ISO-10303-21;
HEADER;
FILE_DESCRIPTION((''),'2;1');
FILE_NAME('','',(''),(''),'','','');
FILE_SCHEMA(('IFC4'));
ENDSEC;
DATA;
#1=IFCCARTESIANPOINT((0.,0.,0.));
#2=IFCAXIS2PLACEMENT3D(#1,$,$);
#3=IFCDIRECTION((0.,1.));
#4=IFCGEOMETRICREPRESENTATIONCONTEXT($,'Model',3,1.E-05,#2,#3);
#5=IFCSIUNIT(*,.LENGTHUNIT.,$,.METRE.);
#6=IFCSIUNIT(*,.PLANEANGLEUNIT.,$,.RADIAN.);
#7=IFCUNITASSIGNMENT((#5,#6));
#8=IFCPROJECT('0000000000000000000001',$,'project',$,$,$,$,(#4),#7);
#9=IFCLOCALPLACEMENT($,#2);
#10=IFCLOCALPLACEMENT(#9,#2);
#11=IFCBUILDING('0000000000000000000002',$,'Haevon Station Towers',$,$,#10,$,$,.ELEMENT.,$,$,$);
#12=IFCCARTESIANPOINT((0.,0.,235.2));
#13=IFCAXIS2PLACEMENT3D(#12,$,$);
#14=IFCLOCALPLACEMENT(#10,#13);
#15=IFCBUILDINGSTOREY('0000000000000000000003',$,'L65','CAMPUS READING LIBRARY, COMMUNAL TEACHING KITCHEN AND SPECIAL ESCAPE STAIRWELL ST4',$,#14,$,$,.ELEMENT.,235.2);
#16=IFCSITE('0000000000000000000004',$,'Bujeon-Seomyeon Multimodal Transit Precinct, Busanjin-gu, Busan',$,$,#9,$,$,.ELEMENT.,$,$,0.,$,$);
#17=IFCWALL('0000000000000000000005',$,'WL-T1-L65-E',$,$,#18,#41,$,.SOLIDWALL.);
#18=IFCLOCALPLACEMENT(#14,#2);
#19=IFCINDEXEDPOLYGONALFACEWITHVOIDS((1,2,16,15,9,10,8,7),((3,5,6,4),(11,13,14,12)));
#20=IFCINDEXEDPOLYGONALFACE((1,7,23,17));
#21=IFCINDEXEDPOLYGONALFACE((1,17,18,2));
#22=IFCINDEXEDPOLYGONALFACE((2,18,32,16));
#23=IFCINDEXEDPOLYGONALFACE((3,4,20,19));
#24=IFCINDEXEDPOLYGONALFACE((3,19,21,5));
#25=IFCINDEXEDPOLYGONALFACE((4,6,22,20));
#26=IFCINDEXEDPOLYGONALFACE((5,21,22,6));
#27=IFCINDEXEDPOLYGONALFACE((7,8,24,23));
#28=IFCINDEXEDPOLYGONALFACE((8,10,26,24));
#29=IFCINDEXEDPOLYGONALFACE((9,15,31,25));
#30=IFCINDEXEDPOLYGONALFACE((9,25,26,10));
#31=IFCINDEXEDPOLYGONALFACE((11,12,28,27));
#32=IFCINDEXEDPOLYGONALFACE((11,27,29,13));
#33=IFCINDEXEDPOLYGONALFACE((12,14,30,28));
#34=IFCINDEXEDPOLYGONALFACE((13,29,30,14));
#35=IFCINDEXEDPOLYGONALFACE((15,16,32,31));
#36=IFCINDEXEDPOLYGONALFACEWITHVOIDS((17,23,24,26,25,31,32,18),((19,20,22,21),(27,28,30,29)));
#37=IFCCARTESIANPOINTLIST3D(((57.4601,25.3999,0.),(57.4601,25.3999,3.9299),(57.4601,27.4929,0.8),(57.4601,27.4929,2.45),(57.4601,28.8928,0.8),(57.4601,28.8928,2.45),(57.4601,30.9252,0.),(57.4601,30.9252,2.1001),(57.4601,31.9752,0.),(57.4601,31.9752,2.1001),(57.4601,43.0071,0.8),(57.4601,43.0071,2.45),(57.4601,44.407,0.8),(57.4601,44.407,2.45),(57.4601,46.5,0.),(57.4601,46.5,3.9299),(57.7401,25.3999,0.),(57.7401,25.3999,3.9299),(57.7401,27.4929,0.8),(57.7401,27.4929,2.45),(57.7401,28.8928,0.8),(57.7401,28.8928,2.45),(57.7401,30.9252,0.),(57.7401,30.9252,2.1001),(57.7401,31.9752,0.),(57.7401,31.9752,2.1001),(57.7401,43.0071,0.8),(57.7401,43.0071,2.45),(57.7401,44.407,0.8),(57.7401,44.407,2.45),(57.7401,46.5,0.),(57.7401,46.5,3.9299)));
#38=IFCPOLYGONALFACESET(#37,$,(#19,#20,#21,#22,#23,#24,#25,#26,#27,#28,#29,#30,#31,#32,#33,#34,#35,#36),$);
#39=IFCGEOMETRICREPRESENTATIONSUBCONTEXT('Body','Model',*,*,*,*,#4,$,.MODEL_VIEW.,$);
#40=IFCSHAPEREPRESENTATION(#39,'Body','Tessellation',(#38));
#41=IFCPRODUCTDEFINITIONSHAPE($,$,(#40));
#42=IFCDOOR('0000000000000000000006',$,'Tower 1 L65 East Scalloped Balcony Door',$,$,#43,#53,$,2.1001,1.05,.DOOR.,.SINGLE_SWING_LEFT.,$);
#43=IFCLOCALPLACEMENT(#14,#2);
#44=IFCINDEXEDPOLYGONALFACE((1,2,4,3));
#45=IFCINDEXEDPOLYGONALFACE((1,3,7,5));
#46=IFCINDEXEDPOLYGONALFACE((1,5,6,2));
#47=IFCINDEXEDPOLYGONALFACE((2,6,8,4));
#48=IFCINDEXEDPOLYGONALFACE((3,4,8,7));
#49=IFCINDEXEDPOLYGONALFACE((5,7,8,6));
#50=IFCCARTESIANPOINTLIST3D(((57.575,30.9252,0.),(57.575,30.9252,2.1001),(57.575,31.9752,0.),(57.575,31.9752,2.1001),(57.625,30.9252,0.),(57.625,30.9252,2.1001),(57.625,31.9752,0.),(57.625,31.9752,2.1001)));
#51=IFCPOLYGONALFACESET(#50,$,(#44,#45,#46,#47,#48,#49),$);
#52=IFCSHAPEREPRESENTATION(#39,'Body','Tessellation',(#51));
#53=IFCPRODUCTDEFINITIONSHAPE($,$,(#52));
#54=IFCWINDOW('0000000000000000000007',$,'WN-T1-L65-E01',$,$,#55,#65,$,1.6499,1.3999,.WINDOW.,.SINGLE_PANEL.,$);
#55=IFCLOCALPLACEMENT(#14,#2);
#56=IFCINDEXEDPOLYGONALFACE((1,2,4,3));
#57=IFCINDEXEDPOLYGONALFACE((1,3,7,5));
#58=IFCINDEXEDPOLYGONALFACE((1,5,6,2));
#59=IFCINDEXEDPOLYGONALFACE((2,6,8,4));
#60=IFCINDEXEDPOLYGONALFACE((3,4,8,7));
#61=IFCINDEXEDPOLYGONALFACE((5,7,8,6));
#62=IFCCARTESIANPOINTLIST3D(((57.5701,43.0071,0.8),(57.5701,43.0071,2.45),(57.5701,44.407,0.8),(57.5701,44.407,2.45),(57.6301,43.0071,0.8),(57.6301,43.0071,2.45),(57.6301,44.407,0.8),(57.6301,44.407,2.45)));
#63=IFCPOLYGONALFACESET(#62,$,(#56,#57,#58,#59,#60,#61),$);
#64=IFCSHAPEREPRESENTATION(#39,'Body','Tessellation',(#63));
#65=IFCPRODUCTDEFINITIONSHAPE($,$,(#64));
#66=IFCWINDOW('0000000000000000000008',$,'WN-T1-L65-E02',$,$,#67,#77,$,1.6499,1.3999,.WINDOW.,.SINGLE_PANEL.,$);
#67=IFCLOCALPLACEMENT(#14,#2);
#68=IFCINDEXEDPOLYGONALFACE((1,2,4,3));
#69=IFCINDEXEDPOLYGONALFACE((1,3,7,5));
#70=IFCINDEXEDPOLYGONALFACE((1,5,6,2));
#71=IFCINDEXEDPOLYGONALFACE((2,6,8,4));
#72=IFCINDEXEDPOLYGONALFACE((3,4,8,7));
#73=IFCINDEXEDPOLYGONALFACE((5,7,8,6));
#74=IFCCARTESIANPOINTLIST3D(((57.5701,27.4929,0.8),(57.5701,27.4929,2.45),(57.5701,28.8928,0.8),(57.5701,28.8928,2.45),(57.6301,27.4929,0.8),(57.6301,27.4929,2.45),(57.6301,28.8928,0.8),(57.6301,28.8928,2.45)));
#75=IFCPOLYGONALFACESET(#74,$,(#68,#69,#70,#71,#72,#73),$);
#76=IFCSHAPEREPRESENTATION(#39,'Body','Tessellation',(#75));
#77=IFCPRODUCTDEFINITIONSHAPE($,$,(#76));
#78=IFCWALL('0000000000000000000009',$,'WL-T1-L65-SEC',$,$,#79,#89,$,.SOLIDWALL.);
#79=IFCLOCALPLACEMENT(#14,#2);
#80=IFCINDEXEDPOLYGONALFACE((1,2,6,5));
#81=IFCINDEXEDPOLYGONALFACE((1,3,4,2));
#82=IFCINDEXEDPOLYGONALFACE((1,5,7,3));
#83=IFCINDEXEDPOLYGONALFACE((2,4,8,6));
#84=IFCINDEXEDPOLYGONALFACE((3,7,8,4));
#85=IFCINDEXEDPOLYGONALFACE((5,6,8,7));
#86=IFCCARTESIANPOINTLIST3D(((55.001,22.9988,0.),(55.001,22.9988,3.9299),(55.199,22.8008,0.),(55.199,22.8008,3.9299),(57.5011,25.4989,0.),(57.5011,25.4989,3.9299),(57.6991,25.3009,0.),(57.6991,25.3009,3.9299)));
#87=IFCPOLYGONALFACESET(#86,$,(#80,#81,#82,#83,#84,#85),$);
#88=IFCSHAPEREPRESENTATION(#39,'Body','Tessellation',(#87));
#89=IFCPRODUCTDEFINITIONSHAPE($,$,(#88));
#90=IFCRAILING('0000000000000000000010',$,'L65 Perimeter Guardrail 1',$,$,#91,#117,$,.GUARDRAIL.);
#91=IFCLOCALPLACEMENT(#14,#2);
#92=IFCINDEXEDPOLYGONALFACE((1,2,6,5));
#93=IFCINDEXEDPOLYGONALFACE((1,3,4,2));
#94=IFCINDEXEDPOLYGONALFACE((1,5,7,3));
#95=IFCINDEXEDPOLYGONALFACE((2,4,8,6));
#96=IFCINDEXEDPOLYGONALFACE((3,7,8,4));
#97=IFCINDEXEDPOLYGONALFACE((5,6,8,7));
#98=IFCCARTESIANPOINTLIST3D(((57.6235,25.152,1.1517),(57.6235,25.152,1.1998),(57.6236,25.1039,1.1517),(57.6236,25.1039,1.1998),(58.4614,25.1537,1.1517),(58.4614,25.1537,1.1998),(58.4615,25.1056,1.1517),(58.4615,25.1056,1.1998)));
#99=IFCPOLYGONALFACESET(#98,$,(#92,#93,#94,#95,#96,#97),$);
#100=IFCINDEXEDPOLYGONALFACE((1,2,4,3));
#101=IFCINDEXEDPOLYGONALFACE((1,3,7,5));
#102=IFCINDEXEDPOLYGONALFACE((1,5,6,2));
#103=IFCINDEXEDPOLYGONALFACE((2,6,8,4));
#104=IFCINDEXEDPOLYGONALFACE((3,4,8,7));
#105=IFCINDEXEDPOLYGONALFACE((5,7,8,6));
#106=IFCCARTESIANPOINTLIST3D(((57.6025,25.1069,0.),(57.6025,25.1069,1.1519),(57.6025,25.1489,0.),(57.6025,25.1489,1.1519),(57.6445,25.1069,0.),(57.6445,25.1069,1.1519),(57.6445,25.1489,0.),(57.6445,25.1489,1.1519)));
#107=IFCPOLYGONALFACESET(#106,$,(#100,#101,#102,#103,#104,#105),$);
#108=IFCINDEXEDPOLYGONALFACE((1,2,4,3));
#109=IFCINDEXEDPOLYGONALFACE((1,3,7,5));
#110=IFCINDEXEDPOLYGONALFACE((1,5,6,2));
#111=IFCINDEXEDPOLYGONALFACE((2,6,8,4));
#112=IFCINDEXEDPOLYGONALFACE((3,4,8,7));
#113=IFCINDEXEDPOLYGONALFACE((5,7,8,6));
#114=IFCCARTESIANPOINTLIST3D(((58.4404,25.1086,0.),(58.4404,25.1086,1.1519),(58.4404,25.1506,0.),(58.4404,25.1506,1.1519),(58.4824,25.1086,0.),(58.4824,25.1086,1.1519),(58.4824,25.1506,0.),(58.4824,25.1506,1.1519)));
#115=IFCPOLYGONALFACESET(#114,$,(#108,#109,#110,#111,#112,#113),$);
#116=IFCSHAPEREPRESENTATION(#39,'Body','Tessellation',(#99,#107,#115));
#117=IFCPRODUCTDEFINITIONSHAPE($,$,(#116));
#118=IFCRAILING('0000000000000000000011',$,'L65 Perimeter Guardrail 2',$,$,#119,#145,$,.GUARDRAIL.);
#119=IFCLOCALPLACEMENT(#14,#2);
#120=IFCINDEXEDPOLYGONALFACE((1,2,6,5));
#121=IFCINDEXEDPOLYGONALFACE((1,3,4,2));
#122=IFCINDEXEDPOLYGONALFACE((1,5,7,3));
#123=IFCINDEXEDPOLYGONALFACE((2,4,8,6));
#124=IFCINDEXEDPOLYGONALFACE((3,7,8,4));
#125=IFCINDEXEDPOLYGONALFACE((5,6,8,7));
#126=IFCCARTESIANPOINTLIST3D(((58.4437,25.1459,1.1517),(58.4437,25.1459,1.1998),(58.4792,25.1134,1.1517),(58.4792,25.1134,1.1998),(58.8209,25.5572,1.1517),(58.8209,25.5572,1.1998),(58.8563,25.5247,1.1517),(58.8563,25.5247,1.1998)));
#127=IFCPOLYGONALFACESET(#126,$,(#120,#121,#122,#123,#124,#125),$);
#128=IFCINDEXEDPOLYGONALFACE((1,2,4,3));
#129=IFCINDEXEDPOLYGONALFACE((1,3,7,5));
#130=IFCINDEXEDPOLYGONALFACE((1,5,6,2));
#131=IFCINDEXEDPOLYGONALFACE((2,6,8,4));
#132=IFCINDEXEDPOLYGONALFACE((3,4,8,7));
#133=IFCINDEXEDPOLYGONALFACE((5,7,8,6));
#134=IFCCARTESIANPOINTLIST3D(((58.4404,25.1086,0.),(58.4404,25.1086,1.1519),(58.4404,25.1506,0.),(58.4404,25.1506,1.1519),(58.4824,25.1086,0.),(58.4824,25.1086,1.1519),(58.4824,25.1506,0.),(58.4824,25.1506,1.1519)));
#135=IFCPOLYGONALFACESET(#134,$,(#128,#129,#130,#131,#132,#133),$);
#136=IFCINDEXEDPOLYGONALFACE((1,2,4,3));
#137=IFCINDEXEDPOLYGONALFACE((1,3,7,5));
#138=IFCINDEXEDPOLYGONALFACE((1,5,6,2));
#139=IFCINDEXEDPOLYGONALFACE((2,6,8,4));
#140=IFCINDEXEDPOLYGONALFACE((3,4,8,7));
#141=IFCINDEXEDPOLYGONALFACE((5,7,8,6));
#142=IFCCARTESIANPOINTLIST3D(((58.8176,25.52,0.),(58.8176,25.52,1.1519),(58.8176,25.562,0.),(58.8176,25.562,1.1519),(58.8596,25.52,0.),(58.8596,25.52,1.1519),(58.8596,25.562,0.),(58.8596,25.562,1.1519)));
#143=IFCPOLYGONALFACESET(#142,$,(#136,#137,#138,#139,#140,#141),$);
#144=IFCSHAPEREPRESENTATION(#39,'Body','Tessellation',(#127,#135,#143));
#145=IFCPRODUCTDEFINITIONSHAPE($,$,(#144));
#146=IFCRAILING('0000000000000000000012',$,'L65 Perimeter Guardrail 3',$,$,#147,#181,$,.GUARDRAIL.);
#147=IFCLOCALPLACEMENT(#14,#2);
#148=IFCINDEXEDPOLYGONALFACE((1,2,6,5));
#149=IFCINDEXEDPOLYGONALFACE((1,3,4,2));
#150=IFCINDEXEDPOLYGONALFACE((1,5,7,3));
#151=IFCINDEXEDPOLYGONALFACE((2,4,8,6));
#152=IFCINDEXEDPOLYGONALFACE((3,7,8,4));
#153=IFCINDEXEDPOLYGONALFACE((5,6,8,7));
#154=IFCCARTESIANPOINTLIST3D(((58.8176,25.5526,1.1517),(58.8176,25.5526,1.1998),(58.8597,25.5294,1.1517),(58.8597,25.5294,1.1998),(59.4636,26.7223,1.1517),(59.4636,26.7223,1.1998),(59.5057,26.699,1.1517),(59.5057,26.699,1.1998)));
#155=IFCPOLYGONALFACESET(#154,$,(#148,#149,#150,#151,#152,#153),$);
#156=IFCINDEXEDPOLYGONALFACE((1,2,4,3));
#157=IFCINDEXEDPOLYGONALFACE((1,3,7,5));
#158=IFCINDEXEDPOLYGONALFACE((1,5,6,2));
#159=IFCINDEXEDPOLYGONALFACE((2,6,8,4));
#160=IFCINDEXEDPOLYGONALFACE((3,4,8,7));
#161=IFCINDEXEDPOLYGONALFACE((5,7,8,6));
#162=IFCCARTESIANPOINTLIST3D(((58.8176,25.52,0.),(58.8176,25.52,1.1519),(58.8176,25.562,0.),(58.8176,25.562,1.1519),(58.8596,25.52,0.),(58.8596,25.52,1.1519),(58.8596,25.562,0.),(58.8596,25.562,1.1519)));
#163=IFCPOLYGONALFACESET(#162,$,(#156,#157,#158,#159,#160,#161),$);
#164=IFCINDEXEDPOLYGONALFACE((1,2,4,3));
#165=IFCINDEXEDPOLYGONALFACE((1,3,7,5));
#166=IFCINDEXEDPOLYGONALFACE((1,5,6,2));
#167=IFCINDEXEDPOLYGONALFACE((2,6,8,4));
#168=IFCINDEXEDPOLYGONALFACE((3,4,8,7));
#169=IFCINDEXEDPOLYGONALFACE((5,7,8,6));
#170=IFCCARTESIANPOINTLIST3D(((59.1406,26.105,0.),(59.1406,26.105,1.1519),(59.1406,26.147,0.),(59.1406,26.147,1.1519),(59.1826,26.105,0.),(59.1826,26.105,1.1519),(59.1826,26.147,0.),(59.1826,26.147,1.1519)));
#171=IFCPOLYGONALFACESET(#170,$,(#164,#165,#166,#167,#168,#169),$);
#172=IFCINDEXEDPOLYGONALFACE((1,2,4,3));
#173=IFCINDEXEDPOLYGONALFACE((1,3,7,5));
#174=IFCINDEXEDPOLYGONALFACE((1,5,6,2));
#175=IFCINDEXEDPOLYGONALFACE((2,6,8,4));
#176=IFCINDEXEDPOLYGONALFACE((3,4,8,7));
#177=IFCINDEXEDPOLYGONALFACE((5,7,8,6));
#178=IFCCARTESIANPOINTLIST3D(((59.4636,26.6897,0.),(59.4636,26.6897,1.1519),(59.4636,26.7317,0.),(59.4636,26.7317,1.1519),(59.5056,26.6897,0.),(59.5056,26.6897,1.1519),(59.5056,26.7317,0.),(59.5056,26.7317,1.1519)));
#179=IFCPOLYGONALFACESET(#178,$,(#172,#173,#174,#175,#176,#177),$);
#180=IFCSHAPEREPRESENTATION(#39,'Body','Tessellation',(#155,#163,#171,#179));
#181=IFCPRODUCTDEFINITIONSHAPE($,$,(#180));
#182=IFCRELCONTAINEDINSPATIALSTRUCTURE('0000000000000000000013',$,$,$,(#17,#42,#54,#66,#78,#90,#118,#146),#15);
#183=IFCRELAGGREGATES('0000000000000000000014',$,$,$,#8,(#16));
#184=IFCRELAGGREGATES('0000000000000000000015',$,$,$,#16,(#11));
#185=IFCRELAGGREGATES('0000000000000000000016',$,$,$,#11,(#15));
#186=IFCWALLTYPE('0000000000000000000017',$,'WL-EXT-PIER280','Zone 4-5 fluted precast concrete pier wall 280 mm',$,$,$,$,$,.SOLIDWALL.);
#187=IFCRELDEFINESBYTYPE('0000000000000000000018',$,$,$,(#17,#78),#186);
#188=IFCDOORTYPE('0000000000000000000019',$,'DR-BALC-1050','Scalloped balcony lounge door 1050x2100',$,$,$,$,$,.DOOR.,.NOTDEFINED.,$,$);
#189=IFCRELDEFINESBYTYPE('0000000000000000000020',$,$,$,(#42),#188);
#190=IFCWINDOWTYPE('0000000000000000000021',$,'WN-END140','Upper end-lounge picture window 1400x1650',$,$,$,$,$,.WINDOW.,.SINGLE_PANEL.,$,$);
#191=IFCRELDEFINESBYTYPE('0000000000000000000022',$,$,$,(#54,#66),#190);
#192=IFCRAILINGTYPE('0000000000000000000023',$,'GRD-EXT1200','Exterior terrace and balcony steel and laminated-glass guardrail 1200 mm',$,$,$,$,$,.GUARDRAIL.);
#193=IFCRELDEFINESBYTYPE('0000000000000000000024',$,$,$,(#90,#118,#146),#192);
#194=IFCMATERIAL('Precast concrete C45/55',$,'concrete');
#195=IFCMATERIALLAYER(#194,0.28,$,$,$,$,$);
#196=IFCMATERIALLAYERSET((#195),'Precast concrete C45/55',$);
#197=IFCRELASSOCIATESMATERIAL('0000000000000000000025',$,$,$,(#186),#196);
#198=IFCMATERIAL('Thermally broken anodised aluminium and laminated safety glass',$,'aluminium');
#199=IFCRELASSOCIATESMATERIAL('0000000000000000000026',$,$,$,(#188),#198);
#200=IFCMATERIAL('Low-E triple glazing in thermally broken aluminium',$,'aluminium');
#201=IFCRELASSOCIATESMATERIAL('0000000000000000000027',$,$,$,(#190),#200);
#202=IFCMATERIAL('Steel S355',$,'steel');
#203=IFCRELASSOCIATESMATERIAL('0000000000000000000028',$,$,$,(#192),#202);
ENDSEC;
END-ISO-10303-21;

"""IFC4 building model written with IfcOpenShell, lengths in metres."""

from ifc_helpers import new_model, si_unit, direction, frame, frame_2d, origin, origin_2d, place, context, subcontext, project, spatial, rectangle, extrude, material, layer, layer_set, type_object, element, fill, save


model = new_model("IFC4")

# Units and contexts
model_context = context("Model", 3, precision=1e-05, world=origin(), true_north=direction((0.0, 1.0)))
body_context = subcontext(model_context, "Body", "Model", "MODEL_VIEW")
ifc_project = project(units=[si_unit("LENGTHUNIT", "METRE"), si_unit("PLANEANGLEUNIT", "RADIAN")], contexts=[model_context])

# Site, building, storey
site_placement = place(None, origin())
site = spatial("IfcSite", under=ifc_project, at=site_placement, Name="Bujeon-Seomyeon Multimodal Transit Precinct, Busanjin-gu, Busan", CompositionType="ELEMENT", RefElevation=0.0)
building_placement = place(site_placement, origin())
building = spatial("IfcBuilding", under=site, at=building_placement, Name="Haevon Station Towers", CompositionType="ELEMENT")
storey_placement = place(building_placement, frame((0.0, 0.0, 235.2)))
storey = spatial("IfcBuildingStorey", under=building, at=storey_placement, Name="L65", Description="CAMPUS READING LIBRARY, COMMUNAL TEACHING KITCHEN AND SPECIAL ESCAPE STAIRWELL ST4", CompositionType="ELEMENT", Elevation=235.2)

# Wall, openings, door, windows
ifc_material_1 = material(Name="Precast concrete C45/55", Category="concrete")
ifc_layer_1 = layer(ifc_material_1, 0.28)
ifc_layer_set_1 = layer_set([ifc_layer_1], Name="Precast concrete C45/55")
wall_type = type_object("IfcWallType", Name="WL-EXT-PIER280", Description="Zone 4-5 fluted precast concrete pier wall 280 mm", PredefinedType="SOLIDWALL", material=ifc_layer_set_1)
wall_1_placement = place(storey_placement, frame((57.6001, 46.5, 0.0), z_axis=(0.0, 0.0, 1.0), x_axis=(0.0, -1.0, 0.0)))
wall_1 = element("IfcWall", 1, at=wall_1_placement, inside=storey, type_object=wall_type, Name="WL-T1-L65-E", PredefinedType="SOLIDWALL", context=body_context, shape_type="SweptSolid", body=[
    extrude(rectangle(XDim=21.1001, YDim=0.28, at=frame_2d((10.55, 0.0))), origin(), (0.0, 0.0, 1.0), 3.9299),
])
opening_1_placement = place(wall_1_placement, frame((14.5249, 0.0, 0.0)))
opening_1 = element("IfcOpeningElement", 2, at=opening_1_placement, cuts=wall_1, PredefinedType="OPENING", context=body_context, shape_type="SweptSolid", body=[
    extrude(rectangle(XDim=1.05, YDim=2.1001, at=frame_2d((0.5249, 1.05))), frame((0.0, 0.1499, 0.0), z_axis=(0.0, -1.0, 0.0), x_axis=(1.0, 0.0, 0.0)), (0.0, 0.0, 1.0), 0.3),
])
opening_2_placement = place(wall_1_placement, frame((2.093, 0.0, 0.8)))
opening_2 = element("IfcOpeningElement", 3, at=opening_2_placement, cuts=wall_1, PredefinedType="OPENING", context=body_context, shape_type="SweptSolid", body=[
    extrude(rectangle(XDim=1.3999, YDim=1.6499, at=frame_2d((0.7, 0.825))), frame((0.0, 0.1499, 0.0), z_axis=(0.0, -1.0, 0.0), x_axis=(1.0, 0.0, 0.0)), (0.0, 0.0, 1.0), 0.3),
])
opening_3_placement = place(wall_1_placement, frame((17.6072, 0.0, 0.8)))
opening_3 = element("IfcOpeningElement", 4, at=opening_3_placement, cuts=wall_1, PredefinedType="OPENING", context=body_context, shape_type="SweptSolid", body=[
    extrude(rectangle(XDim=1.3999, YDim=1.6499, at=frame_2d((0.7, 0.825))), frame((0.0, 0.1499, 0.0), z_axis=(0.0, -1.0, 0.0), x_axis=(1.0, 0.0, 0.0)), (0.0, 0.0, 1.0), 0.3),
])
ifc_material_2 = material(Name="Thermally broken anodised aluminium and laminated safety glass", Category="aluminium")
door_type = type_object("IfcDoorType", Name="DR-BALC-1050", Description="Scalloped balcony lounge door 1050x2100", OperationType="NOTDEFINED", PredefinedType="DOOR", material=ifc_material_2)
door_placement = place(opening_1_placement, origin())
door = element("IfcDoor", 5, at=door_placement, inside=storey, type_object=door_type, Name="Tower 1 L65 East Scalloped Balcony Door", OperationType="SINGLE_SWING_LEFT", OverallHeight=2.1001, OverallWidth=1.05, PredefinedType="DOOR", context=body_context, shape_type="SweptSolid", body=[
    extrude(rectangle(XDim=1.05, YDim=2.1001, at=frame_2d((0.5249, 1.05))), frame((0.0, 0.0249, 0.0), z_axis=(0.0, -1.0, 0.0), x_axis=(1.0, 0.0, 0.0)), (0.0, 0.0, 1.0), 0.05),
])
fill(opening_1, door)
ifc_material_3 = material(Name="Low-E triple glazing in thermally broken aluminium", Category="aluminium")
window_type = type_object("IfcWindowType", Name="WN-END140", Description="Upper end-lounge picture window 1400x1650", PartitioningType="SINGLE_PANEL", PredefinedType="WINDOW", material=ifc_material_3)
window_1_placement = place(opening_2_placement, origin())
window_1 = element("IfcWindow", 6, at=window_1_placement, inside=storey, type_object=window_type, Name="WN-T1-L65-E01", OverallHeight=1.6499, OverallWidth=1.3999, PartitioningType="SINGLE_PANEL", PredefinedType="WINDOW", context=body_context, shape_type="SweptSolid", body=[
    extrude(rectangle(XDim=1.3999, YDim=1.6499, at=frame_2d((0.7, 0.825))), frame((0.0, 0.03, 0.0), z_axis=(0.0, -1.0, 0.0), x_axis=(1.0, 0.0, 0.0)), (0.0, 0.0, 1.0), 0.0601),
])
fill(opening_2, window_1)
window_2_placement = place(opening_3_placement, origin())
window_2 = element("IfcWindow", 7, at=window_2_placement, inside=storey, type_object=window_type, Name="WN-T1-L65-E02", OverallHeight=1.6499, OverallWidth=1.3999, PartitioningType="SINGLE_PANEL", PredefinedType="WINDOW", context=body_context, shape_type="SweptSolid", body=[
    extrude(rectangle(XDim=1.3999, YDim=1.6499, at=frame_2d((0.7, 0.825))), frame((0.0, 0.03, 0.0), z_axis=(0.0, -1.0, 0.0), x_axis=(1.0, 0.0, 0.0)), (0.0, 0.0, 1.0), 0.0601),
])
fill(opening_3, window_2)

# Wall
wall_2_placement = place(storey_placement, frame((57.6001, 25.3999, 0.0), z_axis=(0.0, 0.0, 1.0), x_axis=(-0.707107, -0.707107, 0.0)))
element("IfcWall", 8, at=wall_2_placement, inside=storey, type_object=wall_type, Name="WL-T1-L65-SEC", PredefinedType="SOLIDWALL", context=body_context, shape_type="SweptSolid", body=[
    extrude(rectangle(XDim=3.5356, YDim=0.28, at=frame_2d((1.7678, 0.0))), origin(), (0.0, 0.0, 1.0), 3.9299),
])

# Railings
ifc_material_4 = material(Name="Steel S355", Category="steel")
railing_type = type_object("IfcRailingType", Name="GRD-EXT1200", Description="Exterior terrace and balcony steel and laminated-glass guardrail 1200 mm", PredefinedType="GUARDRAIL", material=ifc_material_4)
railing_1_placement = place(storey_placement, frame((57.6235, 25.1279, 0.0)))
element("IfcRailing", 9, at=railing_1_placement, inside=storey, type_object=railing_type, Name="L65 Perimeter Guardrail 1", PredefinedType="GUARDRAIL", context=body_context, shape_type="SweptSolid", body=[
    extrude(rectangle(XDim=0.0481, YDim=0.0481, at=origin_2d()), frame((0.0, 0.0, 1.1758), z_axis=(0.999998, 0.00204, 0.0), x_axis=(-0.00204, 0.999998, 0.0)), (0.0, 0.0, 1.0), 0.8379),
    extrude(rectangle(XDim=0.042, YDim=0.042, at=origin_2d()), origin(), (0.0, 0.0, 1.0), 1.1519),
    extrude(rectangle(XDim=0.042, YDim=0.042, at=origin_2d()), frame((0.8379, 0.0017, 0.0)), (0.0, 0.0, 1.0), 1.1519),
])
railing_2_placement = place(storey_placement, frame((58.4614, 25.1296, 0.0)))
element("IfcRailing", 10, at=railing_2_placement, inside=storey, type_object=railing_type, Name="L65 Perimeter Guardrail 2", PredefinedType="GUARDRAIL", context=body_context, shape_type="SweptSolid", body=[
    extrude(rectangle(XDim=0.0481, YDim=0.0481, at=origin_2d()), frame((0.0, 0.0, 1.1758), z_axis=(0.675824, 0.737063, 0.0), x_axis=(-0.737063, 0.675824, 0.0)), (0.0, 0.0, 1.0), 0.5581),
    extrude(rectangle(XDim=0.042, YDim=0.042, at=origin_2d()), origin(), (0.0, 0.0, 1.0), 1.1519),
    extrude(rectangle(XDim=0.042, YDim=0.042, at=origin_2d()), frame((0.3772, 0.4114, 0.0)), (0.0, 0.0, 1.0), 1.1519),
])
railing_3_placement = place(storey_placement, frame((58.8386, 25.541, 0.0)))
element("IfcRailing", 11, at=railing_3_placement, inside=storey, type_object=railing_type, Name="L65 Perimeter Guardrail 3", PredefinedType="GUARDRAIL", context=body_context, shape_type="SweptSolid", body=[
    extrude(rectangle(XDim=0.0481, YDim=0.0481, at=origin_2d()), frame((0.0, 0.0, 1.1758), z_axis=(0.483454, 0.87537, 0.0), x_axis=(-0.87537, 0.483454, 0.0)), (0.0, 0.0, 1.0), 1.3362),
    extrude(rectangle(XDim=0.042, YDim=0.042, at=origin_2d()), origin(), (0.0, 0.0, 1.0), 1.1519),
    extrude(rectangle(XDim=0.042, YDim=0.042, at=origin_2d()), frame((0.323, 0.585, 0.0)), (0.0, 0.0, 1.0), 1.1519),
    extrude(rectangle(XDim=0.042, YDim=0.042, at=origin_2d()), frame((0.646, 1.1697, 0.0)), (0.0, 0.0, 1.0), 1.1519),
])

save(model, "model.ifc")
